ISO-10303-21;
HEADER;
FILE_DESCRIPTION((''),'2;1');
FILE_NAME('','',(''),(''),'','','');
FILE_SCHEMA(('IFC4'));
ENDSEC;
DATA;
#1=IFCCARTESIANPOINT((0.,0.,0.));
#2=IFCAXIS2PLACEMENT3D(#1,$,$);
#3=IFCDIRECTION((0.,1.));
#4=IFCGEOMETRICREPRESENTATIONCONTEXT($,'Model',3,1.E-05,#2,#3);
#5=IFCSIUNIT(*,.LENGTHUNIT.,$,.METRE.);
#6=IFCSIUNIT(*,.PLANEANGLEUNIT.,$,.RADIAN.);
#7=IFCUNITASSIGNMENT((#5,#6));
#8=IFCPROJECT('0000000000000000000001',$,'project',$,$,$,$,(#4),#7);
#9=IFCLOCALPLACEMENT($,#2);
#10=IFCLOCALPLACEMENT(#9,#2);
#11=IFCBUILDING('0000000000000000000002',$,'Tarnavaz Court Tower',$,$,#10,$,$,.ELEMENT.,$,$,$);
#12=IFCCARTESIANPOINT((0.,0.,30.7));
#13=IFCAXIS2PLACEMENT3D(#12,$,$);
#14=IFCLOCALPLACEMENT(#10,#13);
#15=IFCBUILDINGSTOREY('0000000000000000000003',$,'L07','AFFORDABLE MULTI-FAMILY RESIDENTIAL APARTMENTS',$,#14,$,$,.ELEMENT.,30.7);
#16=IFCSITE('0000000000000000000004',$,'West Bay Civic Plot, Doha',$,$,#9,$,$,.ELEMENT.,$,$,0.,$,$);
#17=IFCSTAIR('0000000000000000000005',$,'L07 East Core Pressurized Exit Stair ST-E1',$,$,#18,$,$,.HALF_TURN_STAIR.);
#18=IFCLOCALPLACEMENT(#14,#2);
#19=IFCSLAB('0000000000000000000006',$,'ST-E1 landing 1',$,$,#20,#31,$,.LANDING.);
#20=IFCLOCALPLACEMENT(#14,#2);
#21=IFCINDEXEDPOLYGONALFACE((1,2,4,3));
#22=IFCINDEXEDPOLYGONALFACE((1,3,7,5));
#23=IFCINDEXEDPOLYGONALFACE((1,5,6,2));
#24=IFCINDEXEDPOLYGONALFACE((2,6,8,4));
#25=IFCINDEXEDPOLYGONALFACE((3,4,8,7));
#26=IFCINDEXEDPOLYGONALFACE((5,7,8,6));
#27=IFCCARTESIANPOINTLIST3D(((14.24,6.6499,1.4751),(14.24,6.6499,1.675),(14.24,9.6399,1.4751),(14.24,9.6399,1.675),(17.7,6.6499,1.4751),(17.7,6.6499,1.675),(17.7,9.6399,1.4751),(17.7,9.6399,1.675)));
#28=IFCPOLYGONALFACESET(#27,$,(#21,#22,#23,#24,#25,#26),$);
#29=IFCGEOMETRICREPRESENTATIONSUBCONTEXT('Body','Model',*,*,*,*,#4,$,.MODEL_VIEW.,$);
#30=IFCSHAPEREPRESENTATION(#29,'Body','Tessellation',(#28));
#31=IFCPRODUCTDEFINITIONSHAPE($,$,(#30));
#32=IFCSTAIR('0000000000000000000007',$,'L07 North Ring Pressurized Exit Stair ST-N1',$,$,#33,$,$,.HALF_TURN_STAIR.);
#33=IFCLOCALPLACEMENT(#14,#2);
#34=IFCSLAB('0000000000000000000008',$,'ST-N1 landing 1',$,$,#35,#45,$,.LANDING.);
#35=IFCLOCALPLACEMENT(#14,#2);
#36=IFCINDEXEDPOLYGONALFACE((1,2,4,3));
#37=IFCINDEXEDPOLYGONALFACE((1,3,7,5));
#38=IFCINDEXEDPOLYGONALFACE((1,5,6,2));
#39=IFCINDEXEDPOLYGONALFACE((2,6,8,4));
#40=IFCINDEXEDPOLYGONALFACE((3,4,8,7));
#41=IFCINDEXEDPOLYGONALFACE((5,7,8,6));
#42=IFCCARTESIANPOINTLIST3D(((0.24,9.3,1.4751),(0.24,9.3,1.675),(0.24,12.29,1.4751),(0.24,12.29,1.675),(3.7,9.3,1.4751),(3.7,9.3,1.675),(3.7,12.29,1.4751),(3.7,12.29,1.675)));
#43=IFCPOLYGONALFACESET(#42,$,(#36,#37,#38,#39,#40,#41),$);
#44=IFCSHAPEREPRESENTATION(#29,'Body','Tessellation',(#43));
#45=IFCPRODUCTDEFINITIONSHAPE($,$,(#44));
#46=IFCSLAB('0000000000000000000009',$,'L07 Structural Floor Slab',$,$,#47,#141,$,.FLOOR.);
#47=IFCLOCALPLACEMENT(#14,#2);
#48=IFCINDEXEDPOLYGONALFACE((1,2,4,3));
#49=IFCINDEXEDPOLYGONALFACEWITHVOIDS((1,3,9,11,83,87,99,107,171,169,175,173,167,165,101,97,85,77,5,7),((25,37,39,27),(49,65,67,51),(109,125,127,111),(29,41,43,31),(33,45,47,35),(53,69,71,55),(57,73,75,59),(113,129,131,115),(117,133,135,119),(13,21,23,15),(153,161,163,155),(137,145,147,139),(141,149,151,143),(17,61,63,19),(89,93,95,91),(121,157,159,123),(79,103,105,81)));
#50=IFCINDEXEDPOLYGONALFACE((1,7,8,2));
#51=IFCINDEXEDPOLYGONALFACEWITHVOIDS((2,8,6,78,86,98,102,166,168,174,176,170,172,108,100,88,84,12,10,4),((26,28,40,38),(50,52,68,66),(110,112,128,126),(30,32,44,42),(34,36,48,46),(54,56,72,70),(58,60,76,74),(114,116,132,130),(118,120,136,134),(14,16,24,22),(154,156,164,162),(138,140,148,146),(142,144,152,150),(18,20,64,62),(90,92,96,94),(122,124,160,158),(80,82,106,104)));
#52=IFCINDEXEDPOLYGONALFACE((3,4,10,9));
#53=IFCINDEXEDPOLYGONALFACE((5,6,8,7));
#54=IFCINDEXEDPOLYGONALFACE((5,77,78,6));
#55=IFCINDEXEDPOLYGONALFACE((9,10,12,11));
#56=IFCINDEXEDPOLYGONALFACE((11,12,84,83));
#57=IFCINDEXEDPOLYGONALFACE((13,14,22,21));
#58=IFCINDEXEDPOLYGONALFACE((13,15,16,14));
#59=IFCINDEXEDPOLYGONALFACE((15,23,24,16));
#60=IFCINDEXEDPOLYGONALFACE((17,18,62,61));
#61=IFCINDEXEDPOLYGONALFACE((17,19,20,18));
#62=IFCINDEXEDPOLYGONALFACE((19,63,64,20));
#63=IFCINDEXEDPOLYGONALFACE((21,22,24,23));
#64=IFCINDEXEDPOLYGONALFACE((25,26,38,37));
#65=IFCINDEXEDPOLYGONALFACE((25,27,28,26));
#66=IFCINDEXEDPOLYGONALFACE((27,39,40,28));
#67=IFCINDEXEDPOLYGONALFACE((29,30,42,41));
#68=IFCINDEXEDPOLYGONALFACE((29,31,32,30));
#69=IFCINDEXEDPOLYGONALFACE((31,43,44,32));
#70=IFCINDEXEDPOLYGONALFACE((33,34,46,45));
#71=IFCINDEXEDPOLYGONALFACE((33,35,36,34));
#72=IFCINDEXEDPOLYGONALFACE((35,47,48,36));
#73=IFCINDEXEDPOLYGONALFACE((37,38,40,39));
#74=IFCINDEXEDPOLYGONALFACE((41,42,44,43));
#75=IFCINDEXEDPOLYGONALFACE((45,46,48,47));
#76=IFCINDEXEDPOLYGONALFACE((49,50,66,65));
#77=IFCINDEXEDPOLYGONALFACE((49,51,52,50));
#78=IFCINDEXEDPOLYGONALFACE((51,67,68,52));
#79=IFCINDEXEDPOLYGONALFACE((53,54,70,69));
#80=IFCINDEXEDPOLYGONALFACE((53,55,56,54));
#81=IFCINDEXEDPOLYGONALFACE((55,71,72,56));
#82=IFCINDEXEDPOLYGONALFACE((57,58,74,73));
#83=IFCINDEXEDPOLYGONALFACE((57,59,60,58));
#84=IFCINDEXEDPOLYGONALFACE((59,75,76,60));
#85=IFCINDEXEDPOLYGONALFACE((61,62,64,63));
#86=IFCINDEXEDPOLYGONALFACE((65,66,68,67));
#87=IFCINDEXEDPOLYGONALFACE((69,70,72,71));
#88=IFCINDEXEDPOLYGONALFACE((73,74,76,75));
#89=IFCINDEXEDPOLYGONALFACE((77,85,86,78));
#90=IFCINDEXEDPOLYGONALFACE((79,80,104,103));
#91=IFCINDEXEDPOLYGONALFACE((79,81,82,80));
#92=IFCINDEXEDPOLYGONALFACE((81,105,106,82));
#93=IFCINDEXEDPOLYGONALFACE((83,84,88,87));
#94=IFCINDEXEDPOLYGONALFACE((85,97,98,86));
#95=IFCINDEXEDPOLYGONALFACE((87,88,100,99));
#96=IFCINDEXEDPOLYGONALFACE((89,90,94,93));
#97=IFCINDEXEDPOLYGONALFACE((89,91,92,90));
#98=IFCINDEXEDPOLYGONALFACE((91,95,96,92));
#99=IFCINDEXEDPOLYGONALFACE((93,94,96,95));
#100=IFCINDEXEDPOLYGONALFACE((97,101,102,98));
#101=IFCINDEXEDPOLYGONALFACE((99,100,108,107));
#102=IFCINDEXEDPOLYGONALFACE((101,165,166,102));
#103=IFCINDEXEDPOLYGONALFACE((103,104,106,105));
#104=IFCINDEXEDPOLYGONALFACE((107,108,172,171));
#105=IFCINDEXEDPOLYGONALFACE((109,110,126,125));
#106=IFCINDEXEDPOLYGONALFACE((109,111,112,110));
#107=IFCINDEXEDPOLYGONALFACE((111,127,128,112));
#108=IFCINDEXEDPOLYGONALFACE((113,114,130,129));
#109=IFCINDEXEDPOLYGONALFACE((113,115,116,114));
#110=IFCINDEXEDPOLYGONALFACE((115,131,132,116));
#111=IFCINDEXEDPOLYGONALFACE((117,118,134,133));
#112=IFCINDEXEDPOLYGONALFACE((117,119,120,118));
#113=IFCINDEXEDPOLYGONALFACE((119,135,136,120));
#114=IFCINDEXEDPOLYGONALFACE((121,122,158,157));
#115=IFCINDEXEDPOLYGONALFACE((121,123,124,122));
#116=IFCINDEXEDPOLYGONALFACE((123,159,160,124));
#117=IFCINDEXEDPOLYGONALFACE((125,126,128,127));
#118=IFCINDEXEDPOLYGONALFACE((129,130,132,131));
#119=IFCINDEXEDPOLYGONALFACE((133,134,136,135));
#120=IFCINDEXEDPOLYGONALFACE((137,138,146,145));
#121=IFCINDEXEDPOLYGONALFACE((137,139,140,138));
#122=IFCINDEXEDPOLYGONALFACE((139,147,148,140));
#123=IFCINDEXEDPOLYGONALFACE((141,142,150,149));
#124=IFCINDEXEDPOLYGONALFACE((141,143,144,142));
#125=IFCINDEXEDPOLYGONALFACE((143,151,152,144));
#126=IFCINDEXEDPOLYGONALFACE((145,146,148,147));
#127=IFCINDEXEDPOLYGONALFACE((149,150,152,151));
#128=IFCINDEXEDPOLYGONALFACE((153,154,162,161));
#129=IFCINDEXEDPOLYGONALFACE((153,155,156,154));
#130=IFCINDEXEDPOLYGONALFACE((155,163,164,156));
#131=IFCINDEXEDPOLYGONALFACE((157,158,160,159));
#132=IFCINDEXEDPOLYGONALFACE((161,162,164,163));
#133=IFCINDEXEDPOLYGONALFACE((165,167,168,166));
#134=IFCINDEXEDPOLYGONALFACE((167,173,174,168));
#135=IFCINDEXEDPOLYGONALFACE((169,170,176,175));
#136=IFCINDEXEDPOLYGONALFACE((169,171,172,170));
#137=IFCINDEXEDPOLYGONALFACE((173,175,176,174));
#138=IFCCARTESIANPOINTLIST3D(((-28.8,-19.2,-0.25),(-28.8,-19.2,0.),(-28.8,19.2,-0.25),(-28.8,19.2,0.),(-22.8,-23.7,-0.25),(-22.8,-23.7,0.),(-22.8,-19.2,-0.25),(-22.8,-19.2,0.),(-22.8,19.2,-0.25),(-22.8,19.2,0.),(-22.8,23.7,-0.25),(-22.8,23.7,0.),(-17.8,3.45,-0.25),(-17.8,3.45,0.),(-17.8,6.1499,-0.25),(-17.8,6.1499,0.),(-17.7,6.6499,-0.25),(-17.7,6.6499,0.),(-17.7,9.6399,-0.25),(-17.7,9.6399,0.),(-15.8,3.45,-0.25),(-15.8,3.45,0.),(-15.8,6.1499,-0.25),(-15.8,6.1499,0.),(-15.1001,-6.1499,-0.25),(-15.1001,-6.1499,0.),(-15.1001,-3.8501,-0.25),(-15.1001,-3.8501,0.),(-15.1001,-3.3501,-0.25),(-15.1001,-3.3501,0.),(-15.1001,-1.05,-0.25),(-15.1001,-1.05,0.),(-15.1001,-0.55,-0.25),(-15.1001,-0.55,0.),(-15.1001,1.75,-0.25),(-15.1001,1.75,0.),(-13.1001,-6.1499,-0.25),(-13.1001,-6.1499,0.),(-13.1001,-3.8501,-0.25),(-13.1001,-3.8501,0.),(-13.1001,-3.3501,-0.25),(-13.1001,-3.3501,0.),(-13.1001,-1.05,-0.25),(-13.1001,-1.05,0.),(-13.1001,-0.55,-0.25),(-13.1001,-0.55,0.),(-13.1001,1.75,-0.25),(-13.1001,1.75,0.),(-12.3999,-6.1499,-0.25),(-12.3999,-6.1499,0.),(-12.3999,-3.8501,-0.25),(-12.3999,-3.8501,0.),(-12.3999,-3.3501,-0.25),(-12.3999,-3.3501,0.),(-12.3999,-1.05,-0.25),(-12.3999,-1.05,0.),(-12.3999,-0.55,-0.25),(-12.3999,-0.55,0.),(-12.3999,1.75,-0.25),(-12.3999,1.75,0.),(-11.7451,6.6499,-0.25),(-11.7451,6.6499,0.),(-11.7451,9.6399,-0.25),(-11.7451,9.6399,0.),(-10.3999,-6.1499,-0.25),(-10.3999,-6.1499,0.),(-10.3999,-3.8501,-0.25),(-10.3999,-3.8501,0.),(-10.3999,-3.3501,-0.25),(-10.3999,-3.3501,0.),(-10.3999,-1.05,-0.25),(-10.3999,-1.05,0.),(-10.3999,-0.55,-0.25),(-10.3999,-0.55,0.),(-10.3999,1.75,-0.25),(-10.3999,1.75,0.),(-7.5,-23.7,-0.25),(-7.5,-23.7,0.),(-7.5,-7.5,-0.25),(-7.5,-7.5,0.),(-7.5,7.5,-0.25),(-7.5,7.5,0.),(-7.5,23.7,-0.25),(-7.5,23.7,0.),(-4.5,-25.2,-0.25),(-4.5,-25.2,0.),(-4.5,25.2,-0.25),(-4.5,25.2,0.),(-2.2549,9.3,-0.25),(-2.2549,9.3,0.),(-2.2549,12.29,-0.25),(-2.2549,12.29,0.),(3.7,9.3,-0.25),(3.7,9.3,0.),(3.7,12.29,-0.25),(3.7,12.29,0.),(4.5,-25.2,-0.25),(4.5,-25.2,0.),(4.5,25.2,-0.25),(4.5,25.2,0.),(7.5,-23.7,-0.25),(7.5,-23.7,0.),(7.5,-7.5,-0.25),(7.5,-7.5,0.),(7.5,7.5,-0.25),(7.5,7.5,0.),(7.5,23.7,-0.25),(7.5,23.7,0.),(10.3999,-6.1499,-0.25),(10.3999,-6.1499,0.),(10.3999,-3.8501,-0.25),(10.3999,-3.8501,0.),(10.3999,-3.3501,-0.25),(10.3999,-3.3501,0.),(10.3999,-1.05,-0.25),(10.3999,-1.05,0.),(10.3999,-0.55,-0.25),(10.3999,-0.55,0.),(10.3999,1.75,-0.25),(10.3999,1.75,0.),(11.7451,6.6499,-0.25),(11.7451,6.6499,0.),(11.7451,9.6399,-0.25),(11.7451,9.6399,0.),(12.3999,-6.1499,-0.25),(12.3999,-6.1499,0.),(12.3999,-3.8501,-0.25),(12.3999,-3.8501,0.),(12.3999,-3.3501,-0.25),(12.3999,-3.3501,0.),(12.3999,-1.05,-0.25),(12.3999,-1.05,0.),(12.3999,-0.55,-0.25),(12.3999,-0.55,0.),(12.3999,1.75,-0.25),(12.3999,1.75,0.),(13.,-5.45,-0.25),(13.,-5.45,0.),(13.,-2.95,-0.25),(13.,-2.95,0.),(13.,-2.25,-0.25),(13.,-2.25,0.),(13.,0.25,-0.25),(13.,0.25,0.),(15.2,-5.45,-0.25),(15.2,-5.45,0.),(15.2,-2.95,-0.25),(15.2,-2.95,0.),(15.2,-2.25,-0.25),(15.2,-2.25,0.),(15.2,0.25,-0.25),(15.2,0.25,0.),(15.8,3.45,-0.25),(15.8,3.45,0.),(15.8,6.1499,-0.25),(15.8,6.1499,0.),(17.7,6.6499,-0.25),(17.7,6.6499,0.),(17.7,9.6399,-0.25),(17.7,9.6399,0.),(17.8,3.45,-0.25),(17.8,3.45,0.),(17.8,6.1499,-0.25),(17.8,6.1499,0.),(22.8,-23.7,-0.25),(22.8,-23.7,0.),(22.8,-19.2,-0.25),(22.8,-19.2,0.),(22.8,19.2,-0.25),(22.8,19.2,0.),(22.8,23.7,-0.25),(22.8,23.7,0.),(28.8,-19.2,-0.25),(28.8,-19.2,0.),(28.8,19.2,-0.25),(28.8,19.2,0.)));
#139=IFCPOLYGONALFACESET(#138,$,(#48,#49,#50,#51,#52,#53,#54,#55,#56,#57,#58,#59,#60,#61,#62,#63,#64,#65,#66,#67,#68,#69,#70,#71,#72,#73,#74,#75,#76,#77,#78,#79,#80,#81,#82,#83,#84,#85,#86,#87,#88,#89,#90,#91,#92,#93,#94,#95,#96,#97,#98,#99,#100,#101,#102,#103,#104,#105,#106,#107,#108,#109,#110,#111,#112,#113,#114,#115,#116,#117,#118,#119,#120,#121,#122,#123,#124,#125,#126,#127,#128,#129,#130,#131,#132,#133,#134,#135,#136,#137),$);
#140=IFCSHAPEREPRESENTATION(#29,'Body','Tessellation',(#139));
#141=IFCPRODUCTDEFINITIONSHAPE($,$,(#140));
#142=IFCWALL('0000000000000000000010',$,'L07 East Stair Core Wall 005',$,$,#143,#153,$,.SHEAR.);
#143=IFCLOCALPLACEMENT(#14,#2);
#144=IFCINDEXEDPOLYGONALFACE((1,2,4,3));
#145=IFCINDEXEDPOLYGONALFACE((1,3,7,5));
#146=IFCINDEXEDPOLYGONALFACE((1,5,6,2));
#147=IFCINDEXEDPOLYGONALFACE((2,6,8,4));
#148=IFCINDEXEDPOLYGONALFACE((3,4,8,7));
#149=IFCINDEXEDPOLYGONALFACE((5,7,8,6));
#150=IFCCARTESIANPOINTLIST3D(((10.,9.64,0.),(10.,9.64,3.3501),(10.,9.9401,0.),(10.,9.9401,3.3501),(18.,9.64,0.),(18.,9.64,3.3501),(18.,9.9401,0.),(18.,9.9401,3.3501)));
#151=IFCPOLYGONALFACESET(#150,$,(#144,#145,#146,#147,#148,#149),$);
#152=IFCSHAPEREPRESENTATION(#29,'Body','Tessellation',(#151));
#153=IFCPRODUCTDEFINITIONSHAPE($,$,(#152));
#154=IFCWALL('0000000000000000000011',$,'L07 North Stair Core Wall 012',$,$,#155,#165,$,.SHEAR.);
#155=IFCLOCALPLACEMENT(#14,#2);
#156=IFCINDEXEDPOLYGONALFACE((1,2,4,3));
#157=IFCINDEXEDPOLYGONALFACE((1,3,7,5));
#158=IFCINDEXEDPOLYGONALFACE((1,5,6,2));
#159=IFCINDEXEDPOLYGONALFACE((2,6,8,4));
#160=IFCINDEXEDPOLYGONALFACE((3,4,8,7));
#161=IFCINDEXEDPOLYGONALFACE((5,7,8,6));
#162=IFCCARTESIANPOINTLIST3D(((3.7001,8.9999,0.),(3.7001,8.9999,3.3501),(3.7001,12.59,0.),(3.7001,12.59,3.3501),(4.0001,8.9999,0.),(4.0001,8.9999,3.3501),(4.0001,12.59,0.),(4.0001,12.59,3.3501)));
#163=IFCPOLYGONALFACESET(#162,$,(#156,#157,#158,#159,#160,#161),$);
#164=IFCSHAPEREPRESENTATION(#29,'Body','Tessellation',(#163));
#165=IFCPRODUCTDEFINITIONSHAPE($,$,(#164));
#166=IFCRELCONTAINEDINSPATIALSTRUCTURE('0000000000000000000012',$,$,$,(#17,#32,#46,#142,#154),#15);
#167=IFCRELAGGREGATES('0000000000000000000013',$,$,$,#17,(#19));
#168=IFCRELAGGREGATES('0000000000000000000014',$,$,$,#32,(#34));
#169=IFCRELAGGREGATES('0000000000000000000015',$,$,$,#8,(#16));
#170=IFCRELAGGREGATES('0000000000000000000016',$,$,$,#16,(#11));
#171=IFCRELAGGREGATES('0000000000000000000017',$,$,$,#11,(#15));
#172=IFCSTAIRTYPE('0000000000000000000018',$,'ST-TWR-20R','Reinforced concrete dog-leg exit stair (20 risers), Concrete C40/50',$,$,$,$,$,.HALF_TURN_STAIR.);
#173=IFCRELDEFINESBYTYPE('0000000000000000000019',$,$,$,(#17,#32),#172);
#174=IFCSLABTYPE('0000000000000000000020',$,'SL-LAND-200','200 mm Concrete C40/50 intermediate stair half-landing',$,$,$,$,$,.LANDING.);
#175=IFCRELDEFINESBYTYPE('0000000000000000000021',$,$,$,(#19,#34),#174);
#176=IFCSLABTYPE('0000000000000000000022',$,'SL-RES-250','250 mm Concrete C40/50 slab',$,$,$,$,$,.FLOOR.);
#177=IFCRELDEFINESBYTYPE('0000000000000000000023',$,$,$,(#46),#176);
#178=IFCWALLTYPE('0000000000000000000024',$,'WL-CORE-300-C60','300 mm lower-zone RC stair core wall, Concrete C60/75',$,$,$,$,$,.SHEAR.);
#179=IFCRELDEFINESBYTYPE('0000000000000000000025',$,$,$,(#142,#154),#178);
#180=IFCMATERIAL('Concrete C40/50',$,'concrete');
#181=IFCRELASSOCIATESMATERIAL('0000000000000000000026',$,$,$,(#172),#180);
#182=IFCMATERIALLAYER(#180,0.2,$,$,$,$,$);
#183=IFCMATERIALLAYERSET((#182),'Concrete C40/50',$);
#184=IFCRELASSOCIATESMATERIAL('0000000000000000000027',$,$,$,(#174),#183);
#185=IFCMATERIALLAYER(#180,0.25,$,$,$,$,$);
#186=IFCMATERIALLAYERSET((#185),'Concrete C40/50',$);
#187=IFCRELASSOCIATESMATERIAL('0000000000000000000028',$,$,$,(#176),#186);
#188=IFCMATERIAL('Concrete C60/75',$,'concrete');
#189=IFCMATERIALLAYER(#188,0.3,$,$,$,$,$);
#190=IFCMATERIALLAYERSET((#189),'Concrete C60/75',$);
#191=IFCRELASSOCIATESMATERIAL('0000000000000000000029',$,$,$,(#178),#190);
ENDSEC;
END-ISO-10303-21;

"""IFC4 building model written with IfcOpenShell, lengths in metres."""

from ifc_helpers import new_model, si_unit, direction, frame, frame_2d, origin, place, context, subcontext, project, spatial, polyline, rectangle, outline, extrude, material, layer, layer_set, type_object, element, aggregate, save


model = new_model("IFC4")

# Units and contexts
model_context = context("Model", 3, precision=1e-05, world=origin(), true_north=direction((0.0, 1.0)))
body_context = subcontext(model_context, "Body", "Model", "MODEL_VIEW")
ifc_project = project(units=[si_unit("LENGTHUNIT", "METRE"), si_unit("PLANEANGLEUNIT", "RADIAN")], contexts=[model_context])

# Site, building, storey
site_placement = place(None, origin())
site = spatial("IfcSite", under=ifc_project, at=site_placement, Name="West Bay Civic Plot, Doha", CompositionType="ELEMENT", RefElevation=0.0)
building_placement = place(site_placement, origin())
building = spatial("IfcBuilding", under=site, at=building_placement, Name="Tarnavaz Court Tower", CompositionType="ELEMENT")
storey_placement = place(building_placement, frame((0.0, 0.0, 30.7)))
storey = spatial("IfcBuildingStorey", under=building, at=storey_placement, Name="L07", Description="AFFORDABLE MULTI-FAMILY RESIDENTIAL APARTMENTS", CompositionType="ELEMENT", Elevation=30.7)

# Shared definitions
ifc_material_1 = material(Name="Concrete C60/75", Category="concrete")

# Stairs, slabs
ifc_material_2 = material(Name="Concrete C40/50", Category="concrete")
stair_type = type_object("IfcStairType", Name="ST-TWR-20R", Description="Reinforced concrete dog-leg exit stair (20 risers), Concrete C40/50", PredefinedType="HALF_TURN_STAIR", material=ifc_material_2)
ifc_layer_1 = layer(ifc_material_2, 0.2)
ifc_layer_set_1 = layer_set([ifc_layer_1], Name="Concrete C40/50")
slab_type_1 = type_object("IfcSlabType", Name="SL-LAND-200", Description="200 mm Concrete C40/50 intermediate stair half-landing", PredefinedType="LANDING", material=ifc_layer_set_1)
stair_1_placement = place(storey_placement, origin())
stair_1 = element("IfcStair", 1, at=stair_1_placement, inside=storey, type_object=stair_type, Name="L07 East Core Pressurized Exit Stair ST-E1", PredefinedType="HALF_TURN_STAIR")
slab_1_placement = place(storey_placement, frame((0.0, 0.0, 1.4751)))
slab_1 = element("IfcSlab", 2, at=slab_1_placement, type_object=slab_type_1, Name="ST-E1 landing 1", PredefinedType="LANDING", context=body_context, shape_type="SweptSolid", body=[
    extrude(outline(polyline([(14.24, 6.6499), (17.7, 6.6499), (17.7, 9.6399), (14.24, 9.6399), (14.24, 6.6499)])), origin(), (0.0, 0.0, 1.0), 0.2),
])
aggregate(stair_1, [slab_1])
stair_2_placement = place(storey_placement, origin())
stair_2 = element("IfcStair", 3, at=stair_2_placement, inside=storey, type_object=stair_type, Name="L07 North Ring Pressurized Exit Stair ST-N1", PredefinedType="HALF_TURN_STAIR")
slab_2_placement = place(storey_placement, frame((0.0, 0.0, 1.4751)))
slab_2 = element("IfcSlab", 4, at=slab_2_placement, type_object=slab_type_1, Name="ST-N1 landing 1", PredefinedType="LANDING", context=body_context, shape_type="SweptSolid", body=[
    extrude(outline(polyline([(0.24, 9.3), (3.7, 9.3), (3.7, 12.29), (0.24, 12.29), (0.24, 9.3)])), origin(), (0.0, 0.0, 1.0), 0.2),
])

# Slab
ifc_layer_2 = layer(ifc_material_2, 0.25)
ifc_layer_set_2 = layer_set([ifc_layer_2], Name="Concrete C40/50")
slab_type_2 = type_object("IfcSlabType", Name="SL-RES-250", Description="250 mm Concrete C40/50 slab", PredefinedType="FLOOR", material=ifc_layer_set_2)
slab_3_placement = place(storey_placement, frame((0.0, 0.0, -0.25)))
element("IfcSlab", 5, at=slab_3_placement, inside=storey, type_object=slab_type_2, Name="L07 Structural Floor Slab", PredefinedType="FLOOR", context=body_context, shape_type="SweptSolid", body=[
    extrude(outline(polyline([(-22.8, -23.7), (-7.5, -23.7), (-4.5, -25.2), (4.5, -25.2), (7.5, -23.7), (22.8, -23.7), (22.8, -19.2), (28.8, -19.2), (28.8, 19.2), (22.8, 19.2), (22.8, 23.7), (7.5, 23.7), (4.5, 25.2), (-4.5, 25.2), (-7.5, 23.7), (-22.8, 23.7), (-22.8, 19.2), (-28.8, 19.2), (-28.8, -19.2), (-22.8, -19.2), (-22.8, -23.7)]), holes=[polyline([(-7.5, -7.5), (7.5, -7.5), (7.5, 7.5), (-7.5, 7.5), (-7.5, -7.5)]), polyline([(-11.7451, 9.6399), (-17.7, 9.6399), (-17.7, 6.6499), (-11.7451, 6.6499), (-11.7451, 9.6399)]), polyline([(11.7451, 6.6499), (17.7, 6.6499), (17.7, 9.6399), (11.7451, 9.6399), (11.7451, 6.6499)]), polyline([(-2.2549, 9.3), (3.7, 9.3), (3.7, 12.29), (-2.2549, 12.29), (-2.2549, 9.3)]), polyline([(-17.8, 3.45), (-15.8, 3.45), (-15.8, 6.1499), (-17.8, 6.1499), (-17.8, 3.45)]), polyline([(-12.3999, -6.1499), (-10.3999, -6.1499), (-10.3999, -3.8501), (-12.3999, -3.8501), (-12.3999, -6.1499)]), polyline([(-12.3999, -3.3501), (-10.3999, -3.3501), (-10.3999, -1.05), (-12.3999, -1.05), (-12.3999, -3.3501)]), polyline([(-12.3999, -0.55), (-10.3999, -0.55), (-10.3999, 1.75), (-12.3999, 1.75), (-12.3999, -0.55)]), polyline([(-15.1001, -6.1499), (-13.1001, -6.1499), (-13.1001, -3.8501), (-15.1001, -3.8501), (-15.1001, -6.1499)]), polyline([(-15.1001, -3.3501), (-13.1001, -3.3501), (-13.1001, -1.05), (-15.1001, -1.05), (-15.1001, -3.3501)]), polyline([(-15.1001, -0.55), (-13.1001, -0.55), (-13.1001, 1.75), (-15.1001, 1.75), (-15.1001, -0.55)]), polyline([(15.8, 3.45), (17.8, 3.45), (17.8, 6.1499), (15.8, 6.1499), (15.8, 3.45)]), polyline([(10.3999, -6.1499), (12.3999, -6.1499), (12.3999, -3.8501), (10.3999, -3.8501), (10.3999, -6.1499)]), polyline([(10.3999, -3.3501), (12.3999, -3.3501), (12.3999, -1.05), (10.3999, -1.05), (10.3999, -3.3501)]), polyline([(10.3999, -0.55), (12.3999, -0.55), (12.3999, 1.75), (10.3999, 1.75), (10.3999, -0.55)]), polyline([(13.0, -5.45), (15.2, -5.45), (15.2, -2.95), (13.0, -2.95), (13.0, -5.45)]), polyline([(13.0, -2.25), (15.2, -2.25), (15.2, 0.25), (13.0, 0.25), (13.0, -2.25)])]), origin(), (0.0, 0.0, 1.0), 0.25),
])

# Wall
ifc_layer_3 = layer(ifc_material_1, 0.3)
ifc_layer_set_3 = layer_set([ifc_layer_3], Name="Concrete C60/75")
wall_type_1 = type_object("IfcWallType", Name="WL-CORE-300-C60", Description="300 mm lower-zone RC stair core wall, Concrete C60/75", PredefinedType="SHEAR", material=ifc_layer_set_3)
wall_1_placement = place(storey_placement, frame((10.0, 9.79, 0.0), z_axis=(0.0, 0.0, 1.0), x_axis=(1.0, 0.0, 0.0)))
element("IfcWall", 6, at=wall_1_placement, inside=storey, type_object=wall_type_1, Name="L07 East Stair Core Wall 005", PredefinedType="SHEAR", context=body_context, shape_type="SweptSolid", body=[
    extrude(rectangle(XDim=8.0, YDim=0.3, at=frame_2d((4.0, 0.0))), origin(), (0.0, 0.0, 1.0), 3.3501),
])

# Wall
wall_2_placement = place(storey_placement, frame((3.8501, 9.0, 0.0), z_axis=(0.0, 0.0, 1.0), x_axis=(0.0, 1.0, 0.0)))
element("IfcWall", 7, at=wall_2_placement, inside=storey, type_object=wall_type_1, Name="L07 North Stair Core Wall 012", PredefinedType="SHEAR", context=body_context, shape_type="SweptSolid", body=[
    extrude(rectangle(XDim=3.5901, YDim=0.3, at=frame_2d((1.7949, 0.0))), origin(), (0.0, 0.0, 1.0), 3.3501),
])

aggregate(stair_2, [slab_2])

save(model, "model.ifc")
